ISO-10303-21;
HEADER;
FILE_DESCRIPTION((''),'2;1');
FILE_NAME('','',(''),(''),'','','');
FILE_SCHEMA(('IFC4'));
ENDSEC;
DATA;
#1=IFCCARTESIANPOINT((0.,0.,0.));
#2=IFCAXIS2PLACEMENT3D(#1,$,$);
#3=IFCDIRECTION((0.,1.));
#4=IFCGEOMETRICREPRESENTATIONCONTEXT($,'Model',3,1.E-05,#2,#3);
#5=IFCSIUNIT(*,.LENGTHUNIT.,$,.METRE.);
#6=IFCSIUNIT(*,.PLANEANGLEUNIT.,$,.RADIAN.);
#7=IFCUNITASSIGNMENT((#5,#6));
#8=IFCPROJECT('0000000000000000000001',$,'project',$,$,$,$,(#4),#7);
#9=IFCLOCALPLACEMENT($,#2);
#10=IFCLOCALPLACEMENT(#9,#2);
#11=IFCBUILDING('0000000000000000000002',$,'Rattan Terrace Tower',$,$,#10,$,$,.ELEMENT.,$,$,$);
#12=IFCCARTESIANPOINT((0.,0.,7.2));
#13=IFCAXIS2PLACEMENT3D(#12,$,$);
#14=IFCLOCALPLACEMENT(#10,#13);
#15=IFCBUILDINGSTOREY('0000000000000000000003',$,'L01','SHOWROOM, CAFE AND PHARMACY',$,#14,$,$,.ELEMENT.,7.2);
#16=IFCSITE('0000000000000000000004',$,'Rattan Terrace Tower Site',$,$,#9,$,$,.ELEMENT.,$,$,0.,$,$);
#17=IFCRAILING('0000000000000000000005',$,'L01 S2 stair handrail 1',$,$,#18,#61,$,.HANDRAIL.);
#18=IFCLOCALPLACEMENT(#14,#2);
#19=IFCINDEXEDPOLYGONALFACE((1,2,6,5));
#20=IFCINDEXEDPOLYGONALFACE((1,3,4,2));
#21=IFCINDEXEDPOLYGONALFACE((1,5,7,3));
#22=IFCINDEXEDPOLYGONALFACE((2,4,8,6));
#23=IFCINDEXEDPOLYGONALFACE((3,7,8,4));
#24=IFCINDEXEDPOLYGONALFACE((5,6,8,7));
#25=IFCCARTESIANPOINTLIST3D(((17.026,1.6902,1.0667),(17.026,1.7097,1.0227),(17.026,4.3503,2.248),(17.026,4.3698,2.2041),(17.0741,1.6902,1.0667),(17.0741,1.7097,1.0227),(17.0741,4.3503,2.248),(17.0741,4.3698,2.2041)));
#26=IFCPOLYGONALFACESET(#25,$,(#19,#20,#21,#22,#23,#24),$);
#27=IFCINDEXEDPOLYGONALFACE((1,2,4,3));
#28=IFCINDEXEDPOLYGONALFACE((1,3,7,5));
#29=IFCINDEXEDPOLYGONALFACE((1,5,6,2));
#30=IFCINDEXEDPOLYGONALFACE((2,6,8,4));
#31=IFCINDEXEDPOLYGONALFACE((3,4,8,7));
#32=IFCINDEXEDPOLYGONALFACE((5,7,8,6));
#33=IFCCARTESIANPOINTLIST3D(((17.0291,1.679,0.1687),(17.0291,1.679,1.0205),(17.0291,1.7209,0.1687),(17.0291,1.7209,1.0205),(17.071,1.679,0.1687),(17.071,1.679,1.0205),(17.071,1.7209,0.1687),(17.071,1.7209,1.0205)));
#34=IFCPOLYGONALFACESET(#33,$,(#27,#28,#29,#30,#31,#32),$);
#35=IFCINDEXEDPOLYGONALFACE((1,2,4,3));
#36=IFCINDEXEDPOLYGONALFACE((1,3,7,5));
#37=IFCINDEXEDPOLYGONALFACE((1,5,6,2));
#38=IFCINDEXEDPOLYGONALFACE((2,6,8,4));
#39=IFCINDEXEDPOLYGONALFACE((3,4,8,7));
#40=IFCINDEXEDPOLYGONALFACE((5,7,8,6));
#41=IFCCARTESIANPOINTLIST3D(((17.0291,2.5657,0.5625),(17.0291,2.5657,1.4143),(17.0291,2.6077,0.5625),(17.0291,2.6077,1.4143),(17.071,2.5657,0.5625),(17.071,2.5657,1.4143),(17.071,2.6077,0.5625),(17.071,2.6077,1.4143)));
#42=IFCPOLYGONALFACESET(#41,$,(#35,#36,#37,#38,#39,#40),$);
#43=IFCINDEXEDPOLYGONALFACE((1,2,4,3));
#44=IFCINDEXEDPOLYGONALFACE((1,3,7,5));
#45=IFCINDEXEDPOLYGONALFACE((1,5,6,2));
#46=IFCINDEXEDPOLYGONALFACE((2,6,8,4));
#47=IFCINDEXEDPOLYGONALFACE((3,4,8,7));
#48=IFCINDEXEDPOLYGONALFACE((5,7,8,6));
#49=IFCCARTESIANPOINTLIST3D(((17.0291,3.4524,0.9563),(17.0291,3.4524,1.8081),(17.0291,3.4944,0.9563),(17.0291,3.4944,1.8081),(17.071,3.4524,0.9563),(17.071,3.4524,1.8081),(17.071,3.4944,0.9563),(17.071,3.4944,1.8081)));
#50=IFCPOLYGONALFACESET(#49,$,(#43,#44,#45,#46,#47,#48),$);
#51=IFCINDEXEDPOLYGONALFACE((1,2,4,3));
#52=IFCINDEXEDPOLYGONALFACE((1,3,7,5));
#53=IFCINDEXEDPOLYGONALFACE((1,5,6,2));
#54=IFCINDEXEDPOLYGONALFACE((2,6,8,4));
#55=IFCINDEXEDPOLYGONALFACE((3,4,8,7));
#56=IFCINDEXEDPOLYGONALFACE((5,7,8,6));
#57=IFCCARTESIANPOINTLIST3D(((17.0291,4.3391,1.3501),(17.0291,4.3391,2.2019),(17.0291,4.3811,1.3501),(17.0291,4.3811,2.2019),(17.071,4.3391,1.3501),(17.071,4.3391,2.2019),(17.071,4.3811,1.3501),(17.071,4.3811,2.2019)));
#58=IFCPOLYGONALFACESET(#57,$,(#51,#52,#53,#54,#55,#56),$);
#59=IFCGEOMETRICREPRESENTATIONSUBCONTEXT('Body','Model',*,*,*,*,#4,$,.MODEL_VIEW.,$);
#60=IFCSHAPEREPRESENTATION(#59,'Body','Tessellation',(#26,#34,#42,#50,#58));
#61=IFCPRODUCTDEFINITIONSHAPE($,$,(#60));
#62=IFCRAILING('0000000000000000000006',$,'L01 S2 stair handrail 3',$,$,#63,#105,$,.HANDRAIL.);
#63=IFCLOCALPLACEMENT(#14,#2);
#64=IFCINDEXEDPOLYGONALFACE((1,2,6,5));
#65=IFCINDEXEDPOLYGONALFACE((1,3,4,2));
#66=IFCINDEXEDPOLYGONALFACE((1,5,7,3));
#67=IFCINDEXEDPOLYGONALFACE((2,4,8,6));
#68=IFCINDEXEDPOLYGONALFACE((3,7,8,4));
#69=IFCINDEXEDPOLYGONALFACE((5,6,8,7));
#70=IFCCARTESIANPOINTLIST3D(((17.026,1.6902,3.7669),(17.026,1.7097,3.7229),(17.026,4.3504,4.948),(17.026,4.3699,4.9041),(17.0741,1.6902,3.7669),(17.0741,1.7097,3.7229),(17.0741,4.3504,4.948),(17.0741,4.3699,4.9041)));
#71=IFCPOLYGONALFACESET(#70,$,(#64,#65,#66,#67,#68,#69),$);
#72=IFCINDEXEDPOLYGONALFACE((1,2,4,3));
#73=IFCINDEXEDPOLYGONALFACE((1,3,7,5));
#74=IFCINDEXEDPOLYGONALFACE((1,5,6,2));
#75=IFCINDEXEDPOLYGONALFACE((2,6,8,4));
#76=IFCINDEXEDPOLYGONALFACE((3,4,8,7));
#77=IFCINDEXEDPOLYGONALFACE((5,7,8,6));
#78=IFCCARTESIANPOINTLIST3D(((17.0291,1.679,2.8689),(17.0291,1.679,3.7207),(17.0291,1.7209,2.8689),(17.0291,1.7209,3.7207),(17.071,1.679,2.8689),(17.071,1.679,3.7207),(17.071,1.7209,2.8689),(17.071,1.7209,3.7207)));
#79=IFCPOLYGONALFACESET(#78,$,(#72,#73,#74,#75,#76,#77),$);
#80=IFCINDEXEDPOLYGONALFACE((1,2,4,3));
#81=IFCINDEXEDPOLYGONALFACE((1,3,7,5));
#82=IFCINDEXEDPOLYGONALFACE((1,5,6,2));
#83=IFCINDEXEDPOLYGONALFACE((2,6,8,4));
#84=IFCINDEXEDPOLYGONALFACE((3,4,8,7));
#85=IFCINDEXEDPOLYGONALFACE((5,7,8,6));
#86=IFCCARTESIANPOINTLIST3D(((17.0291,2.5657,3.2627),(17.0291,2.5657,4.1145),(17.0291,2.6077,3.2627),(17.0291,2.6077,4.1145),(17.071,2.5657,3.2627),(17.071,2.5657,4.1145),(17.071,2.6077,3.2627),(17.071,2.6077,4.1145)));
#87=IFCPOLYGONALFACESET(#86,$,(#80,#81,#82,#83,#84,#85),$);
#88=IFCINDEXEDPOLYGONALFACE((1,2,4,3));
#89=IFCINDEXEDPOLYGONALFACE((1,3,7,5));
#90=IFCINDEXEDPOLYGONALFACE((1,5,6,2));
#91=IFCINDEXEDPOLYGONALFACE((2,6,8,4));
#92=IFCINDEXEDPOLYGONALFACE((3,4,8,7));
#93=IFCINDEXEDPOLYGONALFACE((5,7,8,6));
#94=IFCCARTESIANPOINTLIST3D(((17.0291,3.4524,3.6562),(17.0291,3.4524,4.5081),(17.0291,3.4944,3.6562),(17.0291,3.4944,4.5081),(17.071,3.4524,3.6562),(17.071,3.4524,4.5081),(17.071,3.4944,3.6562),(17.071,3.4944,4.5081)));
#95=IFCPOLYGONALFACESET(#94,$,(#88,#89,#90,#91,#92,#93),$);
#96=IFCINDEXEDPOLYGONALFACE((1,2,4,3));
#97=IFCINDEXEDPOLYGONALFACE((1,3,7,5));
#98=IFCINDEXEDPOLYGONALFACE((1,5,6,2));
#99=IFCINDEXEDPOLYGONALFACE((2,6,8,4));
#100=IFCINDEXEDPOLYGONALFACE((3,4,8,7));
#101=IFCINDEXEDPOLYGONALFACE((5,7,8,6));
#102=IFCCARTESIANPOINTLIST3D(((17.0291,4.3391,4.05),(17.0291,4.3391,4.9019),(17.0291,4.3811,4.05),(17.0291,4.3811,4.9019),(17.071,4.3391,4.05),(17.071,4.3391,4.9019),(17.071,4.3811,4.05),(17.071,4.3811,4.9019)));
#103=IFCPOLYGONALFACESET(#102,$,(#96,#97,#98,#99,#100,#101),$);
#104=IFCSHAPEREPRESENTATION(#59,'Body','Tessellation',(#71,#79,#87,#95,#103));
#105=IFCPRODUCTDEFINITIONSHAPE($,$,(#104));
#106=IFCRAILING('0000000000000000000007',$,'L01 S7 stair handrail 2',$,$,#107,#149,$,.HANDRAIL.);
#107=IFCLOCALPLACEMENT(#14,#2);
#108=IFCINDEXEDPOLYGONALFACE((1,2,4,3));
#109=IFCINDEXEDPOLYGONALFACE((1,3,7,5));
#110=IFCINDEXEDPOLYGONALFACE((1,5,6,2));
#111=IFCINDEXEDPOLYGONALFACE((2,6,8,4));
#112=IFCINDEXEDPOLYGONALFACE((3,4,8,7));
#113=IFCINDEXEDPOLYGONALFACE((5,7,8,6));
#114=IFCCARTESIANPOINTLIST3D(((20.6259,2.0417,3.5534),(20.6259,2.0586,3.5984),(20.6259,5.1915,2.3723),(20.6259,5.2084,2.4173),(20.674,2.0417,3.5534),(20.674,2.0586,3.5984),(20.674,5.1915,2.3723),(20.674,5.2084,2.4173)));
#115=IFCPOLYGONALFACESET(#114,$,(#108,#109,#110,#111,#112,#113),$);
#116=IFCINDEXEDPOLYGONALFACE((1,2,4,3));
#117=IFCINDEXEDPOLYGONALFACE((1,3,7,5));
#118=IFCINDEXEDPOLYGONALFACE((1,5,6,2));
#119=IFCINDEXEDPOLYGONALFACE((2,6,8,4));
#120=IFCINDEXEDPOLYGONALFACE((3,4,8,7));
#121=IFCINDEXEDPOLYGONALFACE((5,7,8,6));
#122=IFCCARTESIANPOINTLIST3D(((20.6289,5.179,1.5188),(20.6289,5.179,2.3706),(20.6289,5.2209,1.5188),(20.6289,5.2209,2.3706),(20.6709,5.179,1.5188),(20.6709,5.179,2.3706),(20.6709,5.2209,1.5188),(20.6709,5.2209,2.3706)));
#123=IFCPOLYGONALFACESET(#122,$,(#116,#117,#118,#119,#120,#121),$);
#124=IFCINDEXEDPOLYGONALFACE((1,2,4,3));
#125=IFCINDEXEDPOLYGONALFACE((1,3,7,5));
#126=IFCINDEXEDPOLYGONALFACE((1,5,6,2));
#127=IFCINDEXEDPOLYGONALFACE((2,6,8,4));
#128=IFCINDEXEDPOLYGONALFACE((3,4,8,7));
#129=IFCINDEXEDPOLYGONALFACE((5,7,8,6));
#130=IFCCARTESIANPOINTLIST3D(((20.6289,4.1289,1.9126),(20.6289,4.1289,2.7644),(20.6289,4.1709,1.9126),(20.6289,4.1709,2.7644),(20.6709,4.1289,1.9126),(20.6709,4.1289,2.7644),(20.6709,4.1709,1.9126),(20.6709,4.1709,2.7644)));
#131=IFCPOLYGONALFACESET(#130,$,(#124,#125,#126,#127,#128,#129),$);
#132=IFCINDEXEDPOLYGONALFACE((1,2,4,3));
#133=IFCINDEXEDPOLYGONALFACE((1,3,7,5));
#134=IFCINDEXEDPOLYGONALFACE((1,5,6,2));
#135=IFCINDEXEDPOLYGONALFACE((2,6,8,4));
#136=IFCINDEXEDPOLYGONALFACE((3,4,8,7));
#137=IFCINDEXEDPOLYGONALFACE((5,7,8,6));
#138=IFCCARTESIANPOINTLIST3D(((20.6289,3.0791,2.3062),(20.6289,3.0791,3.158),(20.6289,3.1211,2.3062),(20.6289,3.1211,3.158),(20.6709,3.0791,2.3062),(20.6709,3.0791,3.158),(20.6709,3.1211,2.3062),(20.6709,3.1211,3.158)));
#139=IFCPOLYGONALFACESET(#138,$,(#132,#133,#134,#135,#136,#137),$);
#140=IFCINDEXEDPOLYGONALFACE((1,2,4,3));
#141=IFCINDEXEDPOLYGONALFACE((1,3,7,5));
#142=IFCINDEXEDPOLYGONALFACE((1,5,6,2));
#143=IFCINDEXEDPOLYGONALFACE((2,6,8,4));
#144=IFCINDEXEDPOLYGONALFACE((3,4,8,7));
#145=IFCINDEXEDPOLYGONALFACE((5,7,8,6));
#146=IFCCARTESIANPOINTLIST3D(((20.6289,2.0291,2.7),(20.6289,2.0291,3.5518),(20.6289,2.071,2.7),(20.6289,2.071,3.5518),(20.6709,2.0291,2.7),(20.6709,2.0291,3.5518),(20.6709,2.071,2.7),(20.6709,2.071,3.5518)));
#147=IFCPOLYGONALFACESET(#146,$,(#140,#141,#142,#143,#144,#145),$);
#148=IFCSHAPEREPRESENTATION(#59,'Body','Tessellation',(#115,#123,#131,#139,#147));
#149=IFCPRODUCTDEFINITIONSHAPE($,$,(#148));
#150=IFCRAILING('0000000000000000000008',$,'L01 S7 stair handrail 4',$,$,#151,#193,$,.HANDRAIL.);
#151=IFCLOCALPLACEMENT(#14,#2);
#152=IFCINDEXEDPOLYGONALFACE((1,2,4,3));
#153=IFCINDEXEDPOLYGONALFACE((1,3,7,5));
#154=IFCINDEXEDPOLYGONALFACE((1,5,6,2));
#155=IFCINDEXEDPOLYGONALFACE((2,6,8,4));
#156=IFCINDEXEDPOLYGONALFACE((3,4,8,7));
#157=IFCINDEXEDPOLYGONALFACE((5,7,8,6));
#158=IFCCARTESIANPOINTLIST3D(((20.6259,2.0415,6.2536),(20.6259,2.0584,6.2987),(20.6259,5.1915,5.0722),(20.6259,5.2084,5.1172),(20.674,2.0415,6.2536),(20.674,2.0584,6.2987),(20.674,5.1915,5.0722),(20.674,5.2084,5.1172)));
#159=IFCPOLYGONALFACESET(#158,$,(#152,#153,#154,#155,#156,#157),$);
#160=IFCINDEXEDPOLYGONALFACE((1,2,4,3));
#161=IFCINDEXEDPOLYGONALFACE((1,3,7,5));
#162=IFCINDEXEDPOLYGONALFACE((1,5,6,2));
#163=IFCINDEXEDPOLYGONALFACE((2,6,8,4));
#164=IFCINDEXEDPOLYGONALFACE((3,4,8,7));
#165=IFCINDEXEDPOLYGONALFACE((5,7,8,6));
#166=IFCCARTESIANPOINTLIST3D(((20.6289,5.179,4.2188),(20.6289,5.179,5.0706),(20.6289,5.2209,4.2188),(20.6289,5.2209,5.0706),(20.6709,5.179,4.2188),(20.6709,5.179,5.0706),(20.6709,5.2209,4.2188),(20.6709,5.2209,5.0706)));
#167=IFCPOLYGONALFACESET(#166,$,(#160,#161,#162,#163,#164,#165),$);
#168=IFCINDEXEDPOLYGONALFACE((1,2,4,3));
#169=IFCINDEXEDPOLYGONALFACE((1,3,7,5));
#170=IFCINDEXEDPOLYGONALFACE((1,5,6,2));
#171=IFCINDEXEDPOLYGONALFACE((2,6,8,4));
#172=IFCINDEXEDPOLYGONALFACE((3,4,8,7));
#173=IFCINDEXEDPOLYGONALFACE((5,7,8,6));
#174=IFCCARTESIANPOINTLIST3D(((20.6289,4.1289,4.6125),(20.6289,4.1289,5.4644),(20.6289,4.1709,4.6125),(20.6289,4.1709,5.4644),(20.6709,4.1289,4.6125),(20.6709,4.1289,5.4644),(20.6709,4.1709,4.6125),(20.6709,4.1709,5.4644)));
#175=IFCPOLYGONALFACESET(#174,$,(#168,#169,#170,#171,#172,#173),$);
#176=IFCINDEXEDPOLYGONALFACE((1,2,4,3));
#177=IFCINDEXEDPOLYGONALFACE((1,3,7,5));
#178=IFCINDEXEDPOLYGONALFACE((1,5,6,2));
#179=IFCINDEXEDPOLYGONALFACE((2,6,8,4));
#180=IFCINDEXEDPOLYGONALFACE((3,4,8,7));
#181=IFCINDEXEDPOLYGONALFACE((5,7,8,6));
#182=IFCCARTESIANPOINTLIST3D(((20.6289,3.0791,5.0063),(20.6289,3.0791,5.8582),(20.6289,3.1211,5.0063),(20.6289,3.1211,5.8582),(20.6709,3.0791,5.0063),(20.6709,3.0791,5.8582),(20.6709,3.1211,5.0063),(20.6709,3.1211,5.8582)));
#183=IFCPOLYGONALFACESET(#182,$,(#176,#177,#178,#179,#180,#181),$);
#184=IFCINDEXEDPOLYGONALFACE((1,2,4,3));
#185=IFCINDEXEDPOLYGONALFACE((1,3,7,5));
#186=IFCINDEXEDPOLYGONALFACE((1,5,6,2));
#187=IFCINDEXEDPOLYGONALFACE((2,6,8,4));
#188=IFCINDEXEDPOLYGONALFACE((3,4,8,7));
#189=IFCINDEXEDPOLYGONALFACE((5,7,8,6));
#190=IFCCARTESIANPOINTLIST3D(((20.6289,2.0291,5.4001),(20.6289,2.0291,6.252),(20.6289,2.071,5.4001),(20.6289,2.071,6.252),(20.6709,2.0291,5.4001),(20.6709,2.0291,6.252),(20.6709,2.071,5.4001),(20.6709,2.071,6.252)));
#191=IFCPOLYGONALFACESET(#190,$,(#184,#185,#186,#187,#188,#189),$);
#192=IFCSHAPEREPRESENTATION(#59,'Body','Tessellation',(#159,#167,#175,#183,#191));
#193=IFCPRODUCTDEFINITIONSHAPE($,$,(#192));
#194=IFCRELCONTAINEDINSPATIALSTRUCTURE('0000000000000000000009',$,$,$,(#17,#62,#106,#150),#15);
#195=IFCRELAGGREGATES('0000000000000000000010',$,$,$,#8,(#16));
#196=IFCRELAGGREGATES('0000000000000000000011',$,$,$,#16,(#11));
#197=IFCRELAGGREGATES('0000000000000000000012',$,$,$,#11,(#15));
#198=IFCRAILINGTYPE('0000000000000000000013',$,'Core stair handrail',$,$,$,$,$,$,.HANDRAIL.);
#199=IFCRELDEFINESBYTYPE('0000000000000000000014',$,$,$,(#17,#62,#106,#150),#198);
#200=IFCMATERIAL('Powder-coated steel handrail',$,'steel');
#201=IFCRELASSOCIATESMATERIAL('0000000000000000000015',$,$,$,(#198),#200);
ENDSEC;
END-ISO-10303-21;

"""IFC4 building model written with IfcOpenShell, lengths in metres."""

from ifc_helpers import new_model, si_unit, direction, frame, origin, origin_2d, place, context, subcontext, project, spatial, rectangle, extrude, material, type_object, element, save


model = new_model("IFC4")

# Units and contexts
model_context = context("Model", 3, precision=1e-05, world=origin(), true_north=direction((0.0, 1.0)))
body_context = subcontext(model_context, "Body", "Model", "MODEL_VIEW")
ifc_project = project(units=[si_unit("LENGTHUNIT", "METRE"), si_unit("PLANEANGLEUNIT", "RADIAN")], contexts=[model_context])

# Site, building, storey
site_placement = place(None, origin())
site = spatial("IfcSite", under=ifc_project, at=site_placement, Name="Rattan Terrace Tower Site", CompositionType="ELEMENT", RefElevation=0.0)
building_placement = place(site_placement, origin())
building = spatial("IfcBuilding", under=site, at=building_placement, Name="Rattan Terrace Tower", CompositionType="ELEMENT")
storey_placement = place(building_placement, frame((0.0, 0.0, 7.2)))
storey = spatial("IfcBuildingStorey", under=building, at=storey_placement, Name="L01", Description="SHOWROOM, CAFE AND PHARMACY", CompositionType="ELEMENT", Elevation=7.2)

# Railings
ifc_material_1 = material(Name="Powder-coated steel handrail", Category="steel")
railing_type_1 = type_object("IfcRailingType", Name="Core stair handrail", PredefinedType="HANDRAIL", material=ifc_material_1)
railing_1_placement = place(storey_placement, frame((17.05, 1.7, 0.1687)))
element("IfcRailing", 1, at=railing_1_placement, inside=storey, type_object=railing_type_1, Name="L01 S2 stair handrail 1", PredefinedType="HANDRAIL", context=body_context, shape_type="SweptSolid", body=[
    extrude(rectangle(XDim=0.0481, YDim=0.0481, at=origin_2d()), frame((0.0, 0.0, 0.876), z_axis=(0.0, 0.913926, 0.405882), x_axis=(-1.0, 0.0, 0.0)), (0.0, 0.0, 1.0), 2.9106),
    extrude(rectangle(XDim=0.042, YDim=0.042, at=origin_2d()), origin(), (0.0, 0.0, 1.0), 0.8518),
    extrude(rectangle(XDim=0.042, YDim=0.042, at=origin_2d()), frame((0.0, 0.8867, 0.3938)), (0.0, 0.0, 1.0), 0.8518),
    extrude(rectangle(XDim=0.042, YDim=0.042, at=origin_2d()), frame((0.0, 1.7734, 0.7876)), (0.0, 0.0, 1.0), 0.8518),
    extrude(rectangle(XDim=0.042, YDim=0.042, at=origin_2d()), frame((0.0, 2.6602, 1.1814)), (0.0, 0.0, 1.0), 0.8518),
])
railing_2_placement = place(storey_placement, frame((17.05, 1.7, 2.8689)))
element("IfcRailing", 2, at=railing_2_placement, inside=storey, type_object=railing_type_1, Name="L01 S2 stair handrail 3", PredefinedType="HANDRAIL", context=body_context, shape_type="SweptSolid", body=[
    extrude(rectangle(XDim=0.0481, YDim=0.0481, at=origin_2d()), frame((0.0, 0.0, 0.876), z_axis=(0.0, 0.913957, 0.405812), x_axis=(-1.0, 0.0, 0.0)), (0.0, 0.0, 1.0), 2.9106),
    extrude(rectangle(XDim=0.042, YDim=0.042, at=origin_2d()), origin(), (0.0, 0.0, 1.0), 0.8518),
    extrude(rectangle(XDim=0.042, YDim=0.042, at=origin_2d()), frame((0.0, 0.8867, 0.3938)), (0.0, 0.0, 1.0), 0.8518),
    extrude(rectangle(XDim=0.042, YDim=0.042, at=origin_2d()), frame((0.0, 1.7734, 0.7874)), (0.0, 0.0, 1.0), 0.8518),
    extrude(rectangle(XDim=0.042, YDim=0.042, at=origin_2d()), frame((0.0, 2.6602, 1.1812)), (0.0, 0.0, 1.0), 0.8518),
])
railing_3_placement = place(storey_placement, frame((20.6499, 5.2, 1.5188)))
element("IfcRailing", 3, at=railing_3_placement, inside=storey, type_object=railing_type_1, Name="L01 S7 stair handrail 2", PredefinedType="HANDRAIL", context=body_context, shape_type="SweptSolid", body=[
    extrude(rectangle(XDim=0.0481, YDim=0.0481, at=origin_2d()), frame((0.0, 0.0, 0.876), z_axis=(0.0, -0.936335, 0.351108), x_axis=(1.0, 0.0, 0.0)), (0.0, 0.0, 1.0), 3.364),
    extrude(rectangle(XDim=0.042, YDim=0.042, at=origin_2d()), origin(), (0.0, 0.0, 1.0), 0.8518),
    extrude(rectangle(XDim=0.042, YDim=0.042, at=origin_2d()), frame((0.0, -1.05, 0.3938)), (0.0, 0.0, 1.0), 0.8518),
    extrude(rectangle(XDim=0.042, YDim=0.042, at=origin_2d()), frame((0.0, -2.0999, 0.7874)), (0.0, 0.0, 1.0), 0.8518),
    extrude(rectangle(XDim=0.042, YDim=0.042, at=origin_2d()), frame((0.0, -3.1499, 1.1812)), (0.0, 0.0, 1.0), 0.8518),
])
railing_4_placement = place(storey_placement, frame((20.6499, 5.2, 4.2188)))
element("IfcRailing", 4, at=railing_4_placement, inside=storey, type_object=railing_type_1, Name="L01 S7 stair handrail 4", PredefinedType="HANDRAIL", context=body_context, shape_type="SweptSolid", body=[
    extrude(rectangle(XDim=0.0481, YDim=0.0481, at=origin_2d()), frame((0.0, 0.0, 0.876), z_axis=(0.0, -0.936311, 0.351171), x_axis=(1.0, 0.0, 0.0)), (0.0, 0.0, 1.0), 3.3643),
    extrude(rectangle(XDim=0.042, YDim=0.042, at=origin_2d()), origin(), (0.0, 0.0, 1.0), 0.8518),
    extrude(rectangle(XDim=0.042, YDim=0.042, at=origin_2d()), frame((0.0, -1.05, 0.3938)), (0.0, 0.0, 1.0), 0.8518),
    extrude(rectangle(XDim=0.042, YDim=0.042, at=origin_2d()), frame((0.0, -2.0999, 0.7876)), (0.0, 0.0, 1.0), 0.8518),
    extrude(rectangle(XDim=0.042, YDim=0.042, at=origin_2d()), frame((0.0, -3.1499, 1.1814)), (0.0, 0.0, 1.0), 0.8518),
])

save(model, "model.ifc")
